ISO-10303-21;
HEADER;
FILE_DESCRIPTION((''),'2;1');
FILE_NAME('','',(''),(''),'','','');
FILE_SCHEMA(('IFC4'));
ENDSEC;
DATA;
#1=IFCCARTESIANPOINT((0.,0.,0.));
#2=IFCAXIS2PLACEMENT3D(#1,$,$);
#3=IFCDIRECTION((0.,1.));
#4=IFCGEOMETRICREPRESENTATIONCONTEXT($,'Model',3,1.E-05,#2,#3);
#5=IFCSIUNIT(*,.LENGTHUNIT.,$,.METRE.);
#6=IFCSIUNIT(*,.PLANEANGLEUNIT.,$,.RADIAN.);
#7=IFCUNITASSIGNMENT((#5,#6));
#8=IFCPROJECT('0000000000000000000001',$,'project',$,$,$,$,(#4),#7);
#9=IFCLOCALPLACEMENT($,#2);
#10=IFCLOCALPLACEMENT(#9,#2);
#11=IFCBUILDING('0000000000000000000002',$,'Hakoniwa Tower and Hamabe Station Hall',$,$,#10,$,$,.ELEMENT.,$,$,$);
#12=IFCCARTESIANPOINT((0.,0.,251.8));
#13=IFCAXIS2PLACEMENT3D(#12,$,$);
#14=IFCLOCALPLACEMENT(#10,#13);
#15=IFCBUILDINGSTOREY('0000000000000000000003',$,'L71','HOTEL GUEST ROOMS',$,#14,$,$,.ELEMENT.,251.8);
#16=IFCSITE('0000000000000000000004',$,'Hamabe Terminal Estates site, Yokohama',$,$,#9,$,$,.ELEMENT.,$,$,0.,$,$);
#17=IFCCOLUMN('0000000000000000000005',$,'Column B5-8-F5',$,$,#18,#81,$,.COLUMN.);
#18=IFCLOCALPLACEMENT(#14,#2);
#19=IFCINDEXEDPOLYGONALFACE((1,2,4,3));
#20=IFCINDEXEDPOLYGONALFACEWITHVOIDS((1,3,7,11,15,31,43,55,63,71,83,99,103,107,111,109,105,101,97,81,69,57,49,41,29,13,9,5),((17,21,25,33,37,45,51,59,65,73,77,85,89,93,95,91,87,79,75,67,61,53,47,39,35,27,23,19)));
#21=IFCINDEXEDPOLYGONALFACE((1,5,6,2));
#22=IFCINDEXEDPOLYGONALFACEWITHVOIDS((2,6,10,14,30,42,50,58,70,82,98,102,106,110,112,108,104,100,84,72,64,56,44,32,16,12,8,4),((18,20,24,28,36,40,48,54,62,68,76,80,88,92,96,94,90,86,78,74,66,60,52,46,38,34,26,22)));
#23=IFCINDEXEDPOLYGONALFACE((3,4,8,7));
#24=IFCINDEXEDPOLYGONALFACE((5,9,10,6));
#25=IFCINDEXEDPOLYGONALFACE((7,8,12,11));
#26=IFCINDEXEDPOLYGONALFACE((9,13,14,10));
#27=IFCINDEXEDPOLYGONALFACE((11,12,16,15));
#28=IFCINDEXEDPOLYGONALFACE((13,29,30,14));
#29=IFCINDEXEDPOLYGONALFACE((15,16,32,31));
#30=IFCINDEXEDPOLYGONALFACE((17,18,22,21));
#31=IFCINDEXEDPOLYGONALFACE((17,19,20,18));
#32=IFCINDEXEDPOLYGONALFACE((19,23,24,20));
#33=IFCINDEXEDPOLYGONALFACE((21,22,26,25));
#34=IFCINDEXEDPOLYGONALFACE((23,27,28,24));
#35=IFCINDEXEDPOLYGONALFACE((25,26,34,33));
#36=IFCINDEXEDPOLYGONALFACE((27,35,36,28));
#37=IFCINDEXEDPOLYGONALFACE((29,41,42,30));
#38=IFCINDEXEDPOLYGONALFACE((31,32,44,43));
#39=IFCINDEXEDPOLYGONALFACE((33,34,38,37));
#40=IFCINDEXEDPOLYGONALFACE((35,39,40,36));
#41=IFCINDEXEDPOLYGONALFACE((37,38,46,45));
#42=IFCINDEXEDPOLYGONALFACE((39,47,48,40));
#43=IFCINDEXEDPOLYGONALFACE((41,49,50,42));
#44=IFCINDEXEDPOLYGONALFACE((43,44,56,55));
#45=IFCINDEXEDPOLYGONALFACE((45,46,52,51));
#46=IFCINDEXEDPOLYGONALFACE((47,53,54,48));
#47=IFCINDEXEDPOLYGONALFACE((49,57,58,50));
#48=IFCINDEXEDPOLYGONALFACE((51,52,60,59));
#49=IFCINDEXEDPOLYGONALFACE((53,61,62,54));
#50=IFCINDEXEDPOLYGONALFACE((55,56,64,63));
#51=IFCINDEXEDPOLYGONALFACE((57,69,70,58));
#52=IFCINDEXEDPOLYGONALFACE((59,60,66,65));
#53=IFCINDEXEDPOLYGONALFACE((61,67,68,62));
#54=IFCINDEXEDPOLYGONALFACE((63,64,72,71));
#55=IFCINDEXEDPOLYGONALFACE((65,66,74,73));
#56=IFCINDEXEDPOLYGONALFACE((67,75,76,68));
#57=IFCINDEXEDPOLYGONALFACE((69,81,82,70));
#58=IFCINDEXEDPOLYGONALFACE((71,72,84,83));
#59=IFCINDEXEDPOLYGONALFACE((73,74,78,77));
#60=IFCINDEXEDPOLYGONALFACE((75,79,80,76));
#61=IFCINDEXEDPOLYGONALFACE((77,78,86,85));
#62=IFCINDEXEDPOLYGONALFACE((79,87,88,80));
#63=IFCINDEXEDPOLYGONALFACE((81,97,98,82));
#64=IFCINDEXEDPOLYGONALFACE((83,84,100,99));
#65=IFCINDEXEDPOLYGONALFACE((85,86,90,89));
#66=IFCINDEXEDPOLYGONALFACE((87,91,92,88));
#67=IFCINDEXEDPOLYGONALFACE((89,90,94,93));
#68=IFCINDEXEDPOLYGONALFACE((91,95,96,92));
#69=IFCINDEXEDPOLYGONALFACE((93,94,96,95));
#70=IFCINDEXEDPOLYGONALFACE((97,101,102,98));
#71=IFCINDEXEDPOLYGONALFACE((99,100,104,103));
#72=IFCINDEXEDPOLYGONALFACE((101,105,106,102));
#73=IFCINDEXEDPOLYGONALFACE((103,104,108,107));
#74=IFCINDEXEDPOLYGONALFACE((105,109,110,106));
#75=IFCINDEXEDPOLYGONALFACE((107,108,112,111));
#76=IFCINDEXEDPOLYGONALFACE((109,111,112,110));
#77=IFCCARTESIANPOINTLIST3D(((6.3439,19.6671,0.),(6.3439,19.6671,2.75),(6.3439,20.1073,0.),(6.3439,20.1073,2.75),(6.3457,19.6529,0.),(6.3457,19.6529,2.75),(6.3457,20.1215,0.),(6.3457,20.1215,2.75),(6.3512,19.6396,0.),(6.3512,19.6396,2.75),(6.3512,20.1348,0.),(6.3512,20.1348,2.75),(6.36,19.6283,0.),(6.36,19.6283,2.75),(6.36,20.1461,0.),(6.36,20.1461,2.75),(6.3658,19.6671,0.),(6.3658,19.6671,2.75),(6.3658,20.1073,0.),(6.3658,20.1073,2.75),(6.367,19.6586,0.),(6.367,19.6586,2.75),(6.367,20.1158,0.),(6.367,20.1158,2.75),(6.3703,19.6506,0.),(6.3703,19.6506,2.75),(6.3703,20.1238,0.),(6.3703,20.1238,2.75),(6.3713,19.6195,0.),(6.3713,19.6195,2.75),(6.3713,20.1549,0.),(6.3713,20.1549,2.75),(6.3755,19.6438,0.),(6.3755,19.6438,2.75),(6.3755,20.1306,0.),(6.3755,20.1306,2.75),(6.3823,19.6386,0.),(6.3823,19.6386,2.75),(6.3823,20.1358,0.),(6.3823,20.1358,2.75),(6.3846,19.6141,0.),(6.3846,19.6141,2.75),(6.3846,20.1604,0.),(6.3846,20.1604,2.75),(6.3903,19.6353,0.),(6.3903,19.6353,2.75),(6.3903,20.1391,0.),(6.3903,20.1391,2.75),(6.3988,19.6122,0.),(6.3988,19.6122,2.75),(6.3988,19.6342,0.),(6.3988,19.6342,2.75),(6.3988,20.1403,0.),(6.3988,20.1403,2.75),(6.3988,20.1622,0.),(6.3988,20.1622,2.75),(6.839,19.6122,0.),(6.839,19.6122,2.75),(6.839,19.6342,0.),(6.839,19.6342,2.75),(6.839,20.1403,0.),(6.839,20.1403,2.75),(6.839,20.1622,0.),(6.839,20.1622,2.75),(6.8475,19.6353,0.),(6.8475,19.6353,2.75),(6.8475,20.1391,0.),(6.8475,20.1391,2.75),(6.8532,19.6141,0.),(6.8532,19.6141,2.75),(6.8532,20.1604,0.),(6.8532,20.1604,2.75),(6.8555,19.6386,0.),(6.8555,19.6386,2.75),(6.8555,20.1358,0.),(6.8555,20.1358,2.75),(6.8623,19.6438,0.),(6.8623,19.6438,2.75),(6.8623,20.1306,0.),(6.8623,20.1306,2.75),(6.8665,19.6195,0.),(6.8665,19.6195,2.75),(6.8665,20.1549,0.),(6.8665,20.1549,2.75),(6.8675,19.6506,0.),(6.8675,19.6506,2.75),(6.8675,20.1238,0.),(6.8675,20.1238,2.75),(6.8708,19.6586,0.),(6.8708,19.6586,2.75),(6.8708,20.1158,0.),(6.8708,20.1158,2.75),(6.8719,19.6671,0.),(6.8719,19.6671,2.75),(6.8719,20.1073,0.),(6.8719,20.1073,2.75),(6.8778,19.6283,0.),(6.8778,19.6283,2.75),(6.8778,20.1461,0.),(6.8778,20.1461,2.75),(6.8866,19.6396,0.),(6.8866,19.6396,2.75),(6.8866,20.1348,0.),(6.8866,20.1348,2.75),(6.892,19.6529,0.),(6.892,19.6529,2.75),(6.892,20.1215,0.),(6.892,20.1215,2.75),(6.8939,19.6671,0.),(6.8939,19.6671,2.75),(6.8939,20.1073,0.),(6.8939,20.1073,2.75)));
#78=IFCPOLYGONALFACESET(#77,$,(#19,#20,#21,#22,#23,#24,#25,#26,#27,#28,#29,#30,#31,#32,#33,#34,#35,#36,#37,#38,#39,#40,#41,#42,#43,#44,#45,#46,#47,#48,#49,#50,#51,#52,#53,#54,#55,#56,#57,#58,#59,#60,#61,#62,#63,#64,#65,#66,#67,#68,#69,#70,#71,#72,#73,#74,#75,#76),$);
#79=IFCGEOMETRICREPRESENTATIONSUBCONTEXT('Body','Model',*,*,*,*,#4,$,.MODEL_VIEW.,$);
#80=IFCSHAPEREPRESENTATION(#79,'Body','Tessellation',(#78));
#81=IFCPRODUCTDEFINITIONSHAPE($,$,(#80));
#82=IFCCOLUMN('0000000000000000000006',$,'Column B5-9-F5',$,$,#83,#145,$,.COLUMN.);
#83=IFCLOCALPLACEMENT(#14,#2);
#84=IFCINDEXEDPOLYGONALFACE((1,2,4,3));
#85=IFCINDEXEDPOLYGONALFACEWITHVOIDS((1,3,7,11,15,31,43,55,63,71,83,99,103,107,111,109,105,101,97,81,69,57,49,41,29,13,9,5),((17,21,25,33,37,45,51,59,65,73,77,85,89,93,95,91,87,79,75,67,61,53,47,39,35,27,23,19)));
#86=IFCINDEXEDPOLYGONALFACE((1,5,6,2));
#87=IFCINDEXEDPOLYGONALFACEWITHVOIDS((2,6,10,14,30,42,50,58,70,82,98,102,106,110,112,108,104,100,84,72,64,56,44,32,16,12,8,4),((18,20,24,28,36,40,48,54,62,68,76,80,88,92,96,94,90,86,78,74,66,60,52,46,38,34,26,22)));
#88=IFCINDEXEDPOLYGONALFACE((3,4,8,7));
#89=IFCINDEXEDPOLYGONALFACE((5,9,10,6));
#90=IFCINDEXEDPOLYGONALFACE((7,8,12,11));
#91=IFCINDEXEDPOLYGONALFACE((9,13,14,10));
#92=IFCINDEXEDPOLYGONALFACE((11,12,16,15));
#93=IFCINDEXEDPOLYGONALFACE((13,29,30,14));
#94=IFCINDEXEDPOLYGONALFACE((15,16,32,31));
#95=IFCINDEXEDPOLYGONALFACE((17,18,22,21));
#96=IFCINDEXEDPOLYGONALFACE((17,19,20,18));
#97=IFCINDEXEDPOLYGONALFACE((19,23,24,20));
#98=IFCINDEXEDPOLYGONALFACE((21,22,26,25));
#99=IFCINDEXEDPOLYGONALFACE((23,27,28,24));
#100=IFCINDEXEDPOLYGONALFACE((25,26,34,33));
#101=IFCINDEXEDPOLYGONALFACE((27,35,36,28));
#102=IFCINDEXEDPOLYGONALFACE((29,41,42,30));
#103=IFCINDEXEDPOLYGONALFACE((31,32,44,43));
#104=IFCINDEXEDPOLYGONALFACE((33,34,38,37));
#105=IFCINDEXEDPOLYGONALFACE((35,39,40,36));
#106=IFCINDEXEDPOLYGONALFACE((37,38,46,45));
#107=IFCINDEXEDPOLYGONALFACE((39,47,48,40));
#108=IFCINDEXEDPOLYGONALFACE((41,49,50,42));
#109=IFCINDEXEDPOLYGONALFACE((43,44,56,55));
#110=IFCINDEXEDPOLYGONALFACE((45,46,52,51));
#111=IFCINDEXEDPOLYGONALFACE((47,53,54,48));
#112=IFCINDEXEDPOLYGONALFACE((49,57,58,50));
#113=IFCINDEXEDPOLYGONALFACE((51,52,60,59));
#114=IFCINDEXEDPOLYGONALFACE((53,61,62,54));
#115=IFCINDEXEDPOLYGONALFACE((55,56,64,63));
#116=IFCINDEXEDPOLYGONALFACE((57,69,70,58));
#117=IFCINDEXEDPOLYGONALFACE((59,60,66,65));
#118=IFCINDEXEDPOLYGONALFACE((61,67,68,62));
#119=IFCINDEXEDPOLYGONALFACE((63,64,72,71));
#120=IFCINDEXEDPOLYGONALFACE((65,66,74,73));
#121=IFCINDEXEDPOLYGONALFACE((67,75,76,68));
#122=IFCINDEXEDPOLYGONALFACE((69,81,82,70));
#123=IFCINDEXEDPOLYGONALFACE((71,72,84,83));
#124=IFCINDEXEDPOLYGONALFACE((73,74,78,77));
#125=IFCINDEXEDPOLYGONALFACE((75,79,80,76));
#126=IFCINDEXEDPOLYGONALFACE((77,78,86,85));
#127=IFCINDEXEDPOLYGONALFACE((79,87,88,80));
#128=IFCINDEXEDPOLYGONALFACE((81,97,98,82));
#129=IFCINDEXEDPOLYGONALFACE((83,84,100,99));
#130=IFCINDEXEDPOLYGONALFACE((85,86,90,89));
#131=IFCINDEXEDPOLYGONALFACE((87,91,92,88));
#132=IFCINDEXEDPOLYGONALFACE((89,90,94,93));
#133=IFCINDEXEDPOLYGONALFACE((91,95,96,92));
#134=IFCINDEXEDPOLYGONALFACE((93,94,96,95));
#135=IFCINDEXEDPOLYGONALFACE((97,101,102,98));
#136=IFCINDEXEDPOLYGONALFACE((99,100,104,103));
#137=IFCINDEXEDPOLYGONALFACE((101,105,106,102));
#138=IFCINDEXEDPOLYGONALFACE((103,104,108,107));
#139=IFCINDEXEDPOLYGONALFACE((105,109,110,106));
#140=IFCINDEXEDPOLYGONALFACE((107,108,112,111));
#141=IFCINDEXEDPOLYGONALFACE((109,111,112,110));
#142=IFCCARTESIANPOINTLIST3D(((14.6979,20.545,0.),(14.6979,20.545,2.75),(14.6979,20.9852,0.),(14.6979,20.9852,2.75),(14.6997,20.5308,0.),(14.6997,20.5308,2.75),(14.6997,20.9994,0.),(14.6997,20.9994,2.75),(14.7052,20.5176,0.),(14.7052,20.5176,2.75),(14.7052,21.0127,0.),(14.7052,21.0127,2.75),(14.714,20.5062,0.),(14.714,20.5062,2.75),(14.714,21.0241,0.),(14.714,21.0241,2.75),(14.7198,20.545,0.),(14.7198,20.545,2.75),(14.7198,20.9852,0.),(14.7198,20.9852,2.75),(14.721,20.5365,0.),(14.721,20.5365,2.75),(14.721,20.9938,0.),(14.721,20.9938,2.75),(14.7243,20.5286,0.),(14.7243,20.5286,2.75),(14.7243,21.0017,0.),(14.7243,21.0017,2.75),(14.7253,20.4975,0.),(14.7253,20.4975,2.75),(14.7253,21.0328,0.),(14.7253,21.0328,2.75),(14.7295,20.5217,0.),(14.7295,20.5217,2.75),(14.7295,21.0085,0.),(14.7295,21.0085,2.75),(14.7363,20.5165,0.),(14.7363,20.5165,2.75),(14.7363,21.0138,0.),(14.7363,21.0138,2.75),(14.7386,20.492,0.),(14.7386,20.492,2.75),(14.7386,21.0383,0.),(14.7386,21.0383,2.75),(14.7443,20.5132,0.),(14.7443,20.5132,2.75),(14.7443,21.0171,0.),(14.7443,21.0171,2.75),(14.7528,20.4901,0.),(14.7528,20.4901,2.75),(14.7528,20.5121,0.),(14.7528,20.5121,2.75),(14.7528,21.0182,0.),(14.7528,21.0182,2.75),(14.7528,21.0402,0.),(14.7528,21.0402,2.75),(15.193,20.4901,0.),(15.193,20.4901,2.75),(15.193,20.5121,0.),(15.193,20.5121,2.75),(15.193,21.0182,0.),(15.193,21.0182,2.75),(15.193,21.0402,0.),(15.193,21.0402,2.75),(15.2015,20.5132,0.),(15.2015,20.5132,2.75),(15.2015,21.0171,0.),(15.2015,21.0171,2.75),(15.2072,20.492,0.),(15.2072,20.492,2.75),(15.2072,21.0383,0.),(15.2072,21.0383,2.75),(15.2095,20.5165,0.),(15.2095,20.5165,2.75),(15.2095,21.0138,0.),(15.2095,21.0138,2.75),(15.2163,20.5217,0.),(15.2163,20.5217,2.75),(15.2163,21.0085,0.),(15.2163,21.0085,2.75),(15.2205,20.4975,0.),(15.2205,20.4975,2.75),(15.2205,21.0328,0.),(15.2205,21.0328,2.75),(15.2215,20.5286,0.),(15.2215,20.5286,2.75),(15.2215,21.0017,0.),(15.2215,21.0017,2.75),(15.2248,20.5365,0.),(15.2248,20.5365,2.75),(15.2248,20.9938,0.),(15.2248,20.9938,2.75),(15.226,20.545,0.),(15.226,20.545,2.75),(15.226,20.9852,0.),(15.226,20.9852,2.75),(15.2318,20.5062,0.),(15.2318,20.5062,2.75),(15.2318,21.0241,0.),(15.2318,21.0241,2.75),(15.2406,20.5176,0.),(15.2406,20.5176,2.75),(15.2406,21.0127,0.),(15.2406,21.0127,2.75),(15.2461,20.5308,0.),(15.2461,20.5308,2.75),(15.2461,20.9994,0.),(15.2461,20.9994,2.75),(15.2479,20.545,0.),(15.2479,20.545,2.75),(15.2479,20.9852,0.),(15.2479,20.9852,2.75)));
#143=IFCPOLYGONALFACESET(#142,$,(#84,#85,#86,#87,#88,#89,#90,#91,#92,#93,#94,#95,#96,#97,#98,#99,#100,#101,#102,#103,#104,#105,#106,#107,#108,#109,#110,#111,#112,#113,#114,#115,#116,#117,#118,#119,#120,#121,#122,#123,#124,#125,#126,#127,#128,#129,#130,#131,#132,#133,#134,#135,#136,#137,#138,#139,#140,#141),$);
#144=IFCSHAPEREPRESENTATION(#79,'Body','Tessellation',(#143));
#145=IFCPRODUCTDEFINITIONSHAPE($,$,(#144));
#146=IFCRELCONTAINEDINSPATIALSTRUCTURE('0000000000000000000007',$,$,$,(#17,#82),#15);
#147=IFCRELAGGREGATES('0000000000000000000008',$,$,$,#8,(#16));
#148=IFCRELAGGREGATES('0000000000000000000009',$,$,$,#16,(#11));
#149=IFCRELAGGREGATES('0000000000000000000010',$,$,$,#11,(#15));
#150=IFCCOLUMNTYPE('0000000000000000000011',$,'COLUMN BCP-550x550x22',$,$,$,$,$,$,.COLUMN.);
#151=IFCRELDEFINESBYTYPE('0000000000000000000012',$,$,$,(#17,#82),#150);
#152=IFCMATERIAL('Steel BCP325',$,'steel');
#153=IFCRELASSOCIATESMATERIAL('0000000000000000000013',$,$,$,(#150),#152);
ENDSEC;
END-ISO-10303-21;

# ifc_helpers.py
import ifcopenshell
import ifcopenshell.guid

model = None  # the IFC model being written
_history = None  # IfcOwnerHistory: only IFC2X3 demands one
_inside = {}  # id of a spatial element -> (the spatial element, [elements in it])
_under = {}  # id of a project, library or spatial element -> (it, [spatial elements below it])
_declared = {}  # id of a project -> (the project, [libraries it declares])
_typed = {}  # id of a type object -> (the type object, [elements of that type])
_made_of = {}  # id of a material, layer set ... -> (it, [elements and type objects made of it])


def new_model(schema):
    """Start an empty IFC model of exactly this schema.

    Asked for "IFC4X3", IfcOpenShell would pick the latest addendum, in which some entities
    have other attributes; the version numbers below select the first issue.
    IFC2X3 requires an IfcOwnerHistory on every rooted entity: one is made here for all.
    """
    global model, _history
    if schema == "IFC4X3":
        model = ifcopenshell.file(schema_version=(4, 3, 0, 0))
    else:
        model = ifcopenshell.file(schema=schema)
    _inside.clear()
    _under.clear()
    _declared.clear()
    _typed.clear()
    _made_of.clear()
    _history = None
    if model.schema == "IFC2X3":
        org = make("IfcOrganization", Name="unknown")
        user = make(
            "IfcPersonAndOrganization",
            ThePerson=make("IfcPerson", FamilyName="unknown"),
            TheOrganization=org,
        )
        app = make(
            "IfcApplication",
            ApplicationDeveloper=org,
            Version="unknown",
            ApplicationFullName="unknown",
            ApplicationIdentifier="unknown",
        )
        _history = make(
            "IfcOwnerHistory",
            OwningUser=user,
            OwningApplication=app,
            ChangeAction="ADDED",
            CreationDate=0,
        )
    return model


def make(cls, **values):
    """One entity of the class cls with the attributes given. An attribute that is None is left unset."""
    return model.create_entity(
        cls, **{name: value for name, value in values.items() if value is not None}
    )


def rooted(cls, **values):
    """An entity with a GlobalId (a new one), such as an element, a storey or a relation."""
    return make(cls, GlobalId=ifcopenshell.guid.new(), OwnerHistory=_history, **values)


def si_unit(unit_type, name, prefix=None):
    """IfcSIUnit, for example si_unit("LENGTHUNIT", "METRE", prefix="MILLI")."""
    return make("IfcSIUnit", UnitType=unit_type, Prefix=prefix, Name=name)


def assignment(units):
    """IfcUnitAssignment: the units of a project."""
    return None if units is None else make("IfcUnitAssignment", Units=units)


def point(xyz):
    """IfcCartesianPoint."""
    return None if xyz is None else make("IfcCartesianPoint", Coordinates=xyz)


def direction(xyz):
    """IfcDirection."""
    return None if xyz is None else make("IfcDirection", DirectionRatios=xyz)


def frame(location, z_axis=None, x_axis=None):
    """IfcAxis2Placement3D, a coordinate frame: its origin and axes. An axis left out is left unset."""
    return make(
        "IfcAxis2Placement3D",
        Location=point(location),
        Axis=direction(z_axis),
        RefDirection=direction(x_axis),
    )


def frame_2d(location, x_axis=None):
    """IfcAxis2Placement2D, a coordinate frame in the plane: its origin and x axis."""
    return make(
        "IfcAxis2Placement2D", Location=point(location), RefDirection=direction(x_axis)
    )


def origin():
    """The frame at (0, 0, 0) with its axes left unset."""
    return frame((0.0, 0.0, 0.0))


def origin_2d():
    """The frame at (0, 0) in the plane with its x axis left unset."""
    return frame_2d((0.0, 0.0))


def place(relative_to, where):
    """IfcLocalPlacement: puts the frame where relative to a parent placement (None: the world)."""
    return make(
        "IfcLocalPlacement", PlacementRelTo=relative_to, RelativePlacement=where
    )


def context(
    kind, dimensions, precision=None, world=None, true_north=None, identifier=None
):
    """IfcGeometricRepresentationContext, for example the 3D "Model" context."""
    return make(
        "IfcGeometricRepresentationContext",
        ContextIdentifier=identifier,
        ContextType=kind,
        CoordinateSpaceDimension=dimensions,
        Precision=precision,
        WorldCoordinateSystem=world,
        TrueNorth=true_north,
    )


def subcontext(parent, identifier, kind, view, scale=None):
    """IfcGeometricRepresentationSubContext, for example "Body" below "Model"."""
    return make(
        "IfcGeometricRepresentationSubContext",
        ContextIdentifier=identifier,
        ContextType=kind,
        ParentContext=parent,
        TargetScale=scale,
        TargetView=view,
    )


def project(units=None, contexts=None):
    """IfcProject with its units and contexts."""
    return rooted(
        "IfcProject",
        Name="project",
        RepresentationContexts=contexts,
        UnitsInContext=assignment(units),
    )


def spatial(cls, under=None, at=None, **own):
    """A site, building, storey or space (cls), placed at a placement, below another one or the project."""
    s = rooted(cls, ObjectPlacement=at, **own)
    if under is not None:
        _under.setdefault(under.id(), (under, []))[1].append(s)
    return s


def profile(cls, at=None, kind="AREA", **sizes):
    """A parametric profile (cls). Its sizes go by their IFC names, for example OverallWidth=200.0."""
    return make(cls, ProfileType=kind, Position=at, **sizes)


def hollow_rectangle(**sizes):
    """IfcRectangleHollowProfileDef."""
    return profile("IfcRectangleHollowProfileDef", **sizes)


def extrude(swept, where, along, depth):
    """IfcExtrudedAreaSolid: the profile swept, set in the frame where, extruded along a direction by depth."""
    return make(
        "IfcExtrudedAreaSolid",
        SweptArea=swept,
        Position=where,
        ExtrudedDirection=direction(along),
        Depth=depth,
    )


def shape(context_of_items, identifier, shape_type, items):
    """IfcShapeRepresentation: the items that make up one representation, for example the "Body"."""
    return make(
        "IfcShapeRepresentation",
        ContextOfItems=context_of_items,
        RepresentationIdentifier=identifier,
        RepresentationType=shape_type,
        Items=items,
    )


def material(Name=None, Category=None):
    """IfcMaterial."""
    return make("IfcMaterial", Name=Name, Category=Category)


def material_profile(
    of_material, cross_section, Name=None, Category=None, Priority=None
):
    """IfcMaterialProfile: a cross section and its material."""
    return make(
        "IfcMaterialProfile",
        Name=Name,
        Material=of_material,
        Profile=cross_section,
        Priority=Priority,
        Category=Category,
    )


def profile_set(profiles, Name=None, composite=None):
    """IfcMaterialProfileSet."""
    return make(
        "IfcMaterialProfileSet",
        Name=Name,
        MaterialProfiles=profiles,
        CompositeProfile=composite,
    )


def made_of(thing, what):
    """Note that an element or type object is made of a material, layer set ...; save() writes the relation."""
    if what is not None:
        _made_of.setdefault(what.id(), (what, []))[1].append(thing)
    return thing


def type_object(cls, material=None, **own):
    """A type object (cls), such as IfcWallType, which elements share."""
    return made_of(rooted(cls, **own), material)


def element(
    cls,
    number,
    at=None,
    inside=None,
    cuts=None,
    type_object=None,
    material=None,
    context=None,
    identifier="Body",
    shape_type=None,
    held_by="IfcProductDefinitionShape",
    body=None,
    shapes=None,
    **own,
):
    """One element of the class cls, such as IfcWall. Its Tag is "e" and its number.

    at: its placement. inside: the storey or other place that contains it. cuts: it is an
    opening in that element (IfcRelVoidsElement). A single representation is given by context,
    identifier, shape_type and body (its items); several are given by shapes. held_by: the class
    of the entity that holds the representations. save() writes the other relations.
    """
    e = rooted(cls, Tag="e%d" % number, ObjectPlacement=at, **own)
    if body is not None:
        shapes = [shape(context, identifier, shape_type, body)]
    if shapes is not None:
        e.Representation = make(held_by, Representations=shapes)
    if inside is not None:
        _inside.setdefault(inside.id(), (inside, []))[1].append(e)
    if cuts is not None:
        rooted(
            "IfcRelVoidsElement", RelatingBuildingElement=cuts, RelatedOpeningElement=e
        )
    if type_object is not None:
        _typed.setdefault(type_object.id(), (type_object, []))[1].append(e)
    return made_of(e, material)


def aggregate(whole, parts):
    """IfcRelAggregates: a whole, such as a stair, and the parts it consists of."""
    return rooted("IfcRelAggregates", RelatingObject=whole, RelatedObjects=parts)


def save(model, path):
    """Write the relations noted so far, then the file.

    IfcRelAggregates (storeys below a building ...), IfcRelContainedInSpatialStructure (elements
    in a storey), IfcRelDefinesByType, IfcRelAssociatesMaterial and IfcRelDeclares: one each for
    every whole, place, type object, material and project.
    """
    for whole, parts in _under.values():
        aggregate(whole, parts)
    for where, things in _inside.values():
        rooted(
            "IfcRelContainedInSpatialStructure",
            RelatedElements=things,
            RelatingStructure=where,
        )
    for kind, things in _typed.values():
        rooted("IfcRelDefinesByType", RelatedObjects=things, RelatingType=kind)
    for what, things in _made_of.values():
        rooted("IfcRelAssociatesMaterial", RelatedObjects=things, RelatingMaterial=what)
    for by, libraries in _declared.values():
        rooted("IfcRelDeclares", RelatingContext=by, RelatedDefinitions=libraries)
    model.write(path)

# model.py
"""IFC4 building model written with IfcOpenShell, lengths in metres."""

from ifc_helpers import new_model, si_unit, direction, frame, origin, origin_2d, place, context, subcontext, project, spatial, hollow_rectangle, extrude, material, material_profile, profile_set, type_object, element, save


model = new_model("IFC4")

# Units and contexts
model_context = context("Model", 3, precision=1e-05, world=origin(), true_north=direction((0.0, 1.0)))
body_context = subcontext(model_context, "Body", "Model", "MODEL_VIEW")
ifc_project = project(units=[si_unit("LENGTHUNIT", "METRE"), si_unit("PLANEANGLEUNIT", "RADIAN")], contexts=[model_context])

# Site, building, storey
site_placement = place(None, origin())
site = spatial("IfcSite", under=ifc_project, at=site_placement, Name="Hamabe Terminal Estates site, Yokohama", CompositionType="ELEMENT", RefElevation=0.0)
building_placement = place(site_placement, origin())
building = spatial("IfcBuilding", under=site, at=building_placement, Name="Hakoniwa Tower and Hamabe Station Hall", CompositionType="ELEMENT")
storey_placement = place(building_placement, frame((0.0, 0.0, 251.8)))
storey = spatial("IfcBuildingStorey", under=building, at=storey_placement, Name="L71", Description="HOTEL GUEST ROOMS", CompositionType="ELEMENT", Elevation=251.8)

# Columns
ifc_material_1 = material(Name="Steel BCP325", Category="steel")
ifc_material_profile_1 = material_profile(ifc_material_1, hollow_rectangle(XDim=0.55, YDim=0.55, WallThickness=0.022, InnerFilletRadius=0.033, OuterFilletRadius=0.0549, at=origin_2d()), Name="BCP-550x550x22")
ifc_profile_set_1 = profile_set([ifc_material_profile_1], Name="Steel BCP325")
column_type_1 = type_object("IfcColumnType", Name="COLUMN BCP-550x550x22", PredefinedType="COLUMN", material=ifc_profile_set_1)
for number, where, z_axis, x_axis, name in (
    (1, (6.6189, 19.8872, 0.0), (0.0, 0.0, 1.0), (1.0, 0.0, 0.0), "Column B5-8-F5"),
    (2, (14.9729, 20.7651, 0.0), (0.0, 0.0, 1.0), (1.0, 0.0, 0.0), "Column B5-9-F5"),
):
    element("IfcColumn", number, at=place(storey_placement, frame(where, z_axis=z_axis, x_axis=x_axis)), inside=storey, type_object=column_type_1, Name=name, PredefinedType="COLUMN", context=body_context, shape_type="SweptSolid", body=[
        extrude(hollow_rectangle(XDim=0.55, YDim=0.55, WallThickness=0.022, InnerFilletRadius=0.033, OuterFilletRadius=0.0549, at=origin_2d()), origin(), (0.0, 0.0, 1.0), 2.75),
    ])

save(model, "model.ifc")
